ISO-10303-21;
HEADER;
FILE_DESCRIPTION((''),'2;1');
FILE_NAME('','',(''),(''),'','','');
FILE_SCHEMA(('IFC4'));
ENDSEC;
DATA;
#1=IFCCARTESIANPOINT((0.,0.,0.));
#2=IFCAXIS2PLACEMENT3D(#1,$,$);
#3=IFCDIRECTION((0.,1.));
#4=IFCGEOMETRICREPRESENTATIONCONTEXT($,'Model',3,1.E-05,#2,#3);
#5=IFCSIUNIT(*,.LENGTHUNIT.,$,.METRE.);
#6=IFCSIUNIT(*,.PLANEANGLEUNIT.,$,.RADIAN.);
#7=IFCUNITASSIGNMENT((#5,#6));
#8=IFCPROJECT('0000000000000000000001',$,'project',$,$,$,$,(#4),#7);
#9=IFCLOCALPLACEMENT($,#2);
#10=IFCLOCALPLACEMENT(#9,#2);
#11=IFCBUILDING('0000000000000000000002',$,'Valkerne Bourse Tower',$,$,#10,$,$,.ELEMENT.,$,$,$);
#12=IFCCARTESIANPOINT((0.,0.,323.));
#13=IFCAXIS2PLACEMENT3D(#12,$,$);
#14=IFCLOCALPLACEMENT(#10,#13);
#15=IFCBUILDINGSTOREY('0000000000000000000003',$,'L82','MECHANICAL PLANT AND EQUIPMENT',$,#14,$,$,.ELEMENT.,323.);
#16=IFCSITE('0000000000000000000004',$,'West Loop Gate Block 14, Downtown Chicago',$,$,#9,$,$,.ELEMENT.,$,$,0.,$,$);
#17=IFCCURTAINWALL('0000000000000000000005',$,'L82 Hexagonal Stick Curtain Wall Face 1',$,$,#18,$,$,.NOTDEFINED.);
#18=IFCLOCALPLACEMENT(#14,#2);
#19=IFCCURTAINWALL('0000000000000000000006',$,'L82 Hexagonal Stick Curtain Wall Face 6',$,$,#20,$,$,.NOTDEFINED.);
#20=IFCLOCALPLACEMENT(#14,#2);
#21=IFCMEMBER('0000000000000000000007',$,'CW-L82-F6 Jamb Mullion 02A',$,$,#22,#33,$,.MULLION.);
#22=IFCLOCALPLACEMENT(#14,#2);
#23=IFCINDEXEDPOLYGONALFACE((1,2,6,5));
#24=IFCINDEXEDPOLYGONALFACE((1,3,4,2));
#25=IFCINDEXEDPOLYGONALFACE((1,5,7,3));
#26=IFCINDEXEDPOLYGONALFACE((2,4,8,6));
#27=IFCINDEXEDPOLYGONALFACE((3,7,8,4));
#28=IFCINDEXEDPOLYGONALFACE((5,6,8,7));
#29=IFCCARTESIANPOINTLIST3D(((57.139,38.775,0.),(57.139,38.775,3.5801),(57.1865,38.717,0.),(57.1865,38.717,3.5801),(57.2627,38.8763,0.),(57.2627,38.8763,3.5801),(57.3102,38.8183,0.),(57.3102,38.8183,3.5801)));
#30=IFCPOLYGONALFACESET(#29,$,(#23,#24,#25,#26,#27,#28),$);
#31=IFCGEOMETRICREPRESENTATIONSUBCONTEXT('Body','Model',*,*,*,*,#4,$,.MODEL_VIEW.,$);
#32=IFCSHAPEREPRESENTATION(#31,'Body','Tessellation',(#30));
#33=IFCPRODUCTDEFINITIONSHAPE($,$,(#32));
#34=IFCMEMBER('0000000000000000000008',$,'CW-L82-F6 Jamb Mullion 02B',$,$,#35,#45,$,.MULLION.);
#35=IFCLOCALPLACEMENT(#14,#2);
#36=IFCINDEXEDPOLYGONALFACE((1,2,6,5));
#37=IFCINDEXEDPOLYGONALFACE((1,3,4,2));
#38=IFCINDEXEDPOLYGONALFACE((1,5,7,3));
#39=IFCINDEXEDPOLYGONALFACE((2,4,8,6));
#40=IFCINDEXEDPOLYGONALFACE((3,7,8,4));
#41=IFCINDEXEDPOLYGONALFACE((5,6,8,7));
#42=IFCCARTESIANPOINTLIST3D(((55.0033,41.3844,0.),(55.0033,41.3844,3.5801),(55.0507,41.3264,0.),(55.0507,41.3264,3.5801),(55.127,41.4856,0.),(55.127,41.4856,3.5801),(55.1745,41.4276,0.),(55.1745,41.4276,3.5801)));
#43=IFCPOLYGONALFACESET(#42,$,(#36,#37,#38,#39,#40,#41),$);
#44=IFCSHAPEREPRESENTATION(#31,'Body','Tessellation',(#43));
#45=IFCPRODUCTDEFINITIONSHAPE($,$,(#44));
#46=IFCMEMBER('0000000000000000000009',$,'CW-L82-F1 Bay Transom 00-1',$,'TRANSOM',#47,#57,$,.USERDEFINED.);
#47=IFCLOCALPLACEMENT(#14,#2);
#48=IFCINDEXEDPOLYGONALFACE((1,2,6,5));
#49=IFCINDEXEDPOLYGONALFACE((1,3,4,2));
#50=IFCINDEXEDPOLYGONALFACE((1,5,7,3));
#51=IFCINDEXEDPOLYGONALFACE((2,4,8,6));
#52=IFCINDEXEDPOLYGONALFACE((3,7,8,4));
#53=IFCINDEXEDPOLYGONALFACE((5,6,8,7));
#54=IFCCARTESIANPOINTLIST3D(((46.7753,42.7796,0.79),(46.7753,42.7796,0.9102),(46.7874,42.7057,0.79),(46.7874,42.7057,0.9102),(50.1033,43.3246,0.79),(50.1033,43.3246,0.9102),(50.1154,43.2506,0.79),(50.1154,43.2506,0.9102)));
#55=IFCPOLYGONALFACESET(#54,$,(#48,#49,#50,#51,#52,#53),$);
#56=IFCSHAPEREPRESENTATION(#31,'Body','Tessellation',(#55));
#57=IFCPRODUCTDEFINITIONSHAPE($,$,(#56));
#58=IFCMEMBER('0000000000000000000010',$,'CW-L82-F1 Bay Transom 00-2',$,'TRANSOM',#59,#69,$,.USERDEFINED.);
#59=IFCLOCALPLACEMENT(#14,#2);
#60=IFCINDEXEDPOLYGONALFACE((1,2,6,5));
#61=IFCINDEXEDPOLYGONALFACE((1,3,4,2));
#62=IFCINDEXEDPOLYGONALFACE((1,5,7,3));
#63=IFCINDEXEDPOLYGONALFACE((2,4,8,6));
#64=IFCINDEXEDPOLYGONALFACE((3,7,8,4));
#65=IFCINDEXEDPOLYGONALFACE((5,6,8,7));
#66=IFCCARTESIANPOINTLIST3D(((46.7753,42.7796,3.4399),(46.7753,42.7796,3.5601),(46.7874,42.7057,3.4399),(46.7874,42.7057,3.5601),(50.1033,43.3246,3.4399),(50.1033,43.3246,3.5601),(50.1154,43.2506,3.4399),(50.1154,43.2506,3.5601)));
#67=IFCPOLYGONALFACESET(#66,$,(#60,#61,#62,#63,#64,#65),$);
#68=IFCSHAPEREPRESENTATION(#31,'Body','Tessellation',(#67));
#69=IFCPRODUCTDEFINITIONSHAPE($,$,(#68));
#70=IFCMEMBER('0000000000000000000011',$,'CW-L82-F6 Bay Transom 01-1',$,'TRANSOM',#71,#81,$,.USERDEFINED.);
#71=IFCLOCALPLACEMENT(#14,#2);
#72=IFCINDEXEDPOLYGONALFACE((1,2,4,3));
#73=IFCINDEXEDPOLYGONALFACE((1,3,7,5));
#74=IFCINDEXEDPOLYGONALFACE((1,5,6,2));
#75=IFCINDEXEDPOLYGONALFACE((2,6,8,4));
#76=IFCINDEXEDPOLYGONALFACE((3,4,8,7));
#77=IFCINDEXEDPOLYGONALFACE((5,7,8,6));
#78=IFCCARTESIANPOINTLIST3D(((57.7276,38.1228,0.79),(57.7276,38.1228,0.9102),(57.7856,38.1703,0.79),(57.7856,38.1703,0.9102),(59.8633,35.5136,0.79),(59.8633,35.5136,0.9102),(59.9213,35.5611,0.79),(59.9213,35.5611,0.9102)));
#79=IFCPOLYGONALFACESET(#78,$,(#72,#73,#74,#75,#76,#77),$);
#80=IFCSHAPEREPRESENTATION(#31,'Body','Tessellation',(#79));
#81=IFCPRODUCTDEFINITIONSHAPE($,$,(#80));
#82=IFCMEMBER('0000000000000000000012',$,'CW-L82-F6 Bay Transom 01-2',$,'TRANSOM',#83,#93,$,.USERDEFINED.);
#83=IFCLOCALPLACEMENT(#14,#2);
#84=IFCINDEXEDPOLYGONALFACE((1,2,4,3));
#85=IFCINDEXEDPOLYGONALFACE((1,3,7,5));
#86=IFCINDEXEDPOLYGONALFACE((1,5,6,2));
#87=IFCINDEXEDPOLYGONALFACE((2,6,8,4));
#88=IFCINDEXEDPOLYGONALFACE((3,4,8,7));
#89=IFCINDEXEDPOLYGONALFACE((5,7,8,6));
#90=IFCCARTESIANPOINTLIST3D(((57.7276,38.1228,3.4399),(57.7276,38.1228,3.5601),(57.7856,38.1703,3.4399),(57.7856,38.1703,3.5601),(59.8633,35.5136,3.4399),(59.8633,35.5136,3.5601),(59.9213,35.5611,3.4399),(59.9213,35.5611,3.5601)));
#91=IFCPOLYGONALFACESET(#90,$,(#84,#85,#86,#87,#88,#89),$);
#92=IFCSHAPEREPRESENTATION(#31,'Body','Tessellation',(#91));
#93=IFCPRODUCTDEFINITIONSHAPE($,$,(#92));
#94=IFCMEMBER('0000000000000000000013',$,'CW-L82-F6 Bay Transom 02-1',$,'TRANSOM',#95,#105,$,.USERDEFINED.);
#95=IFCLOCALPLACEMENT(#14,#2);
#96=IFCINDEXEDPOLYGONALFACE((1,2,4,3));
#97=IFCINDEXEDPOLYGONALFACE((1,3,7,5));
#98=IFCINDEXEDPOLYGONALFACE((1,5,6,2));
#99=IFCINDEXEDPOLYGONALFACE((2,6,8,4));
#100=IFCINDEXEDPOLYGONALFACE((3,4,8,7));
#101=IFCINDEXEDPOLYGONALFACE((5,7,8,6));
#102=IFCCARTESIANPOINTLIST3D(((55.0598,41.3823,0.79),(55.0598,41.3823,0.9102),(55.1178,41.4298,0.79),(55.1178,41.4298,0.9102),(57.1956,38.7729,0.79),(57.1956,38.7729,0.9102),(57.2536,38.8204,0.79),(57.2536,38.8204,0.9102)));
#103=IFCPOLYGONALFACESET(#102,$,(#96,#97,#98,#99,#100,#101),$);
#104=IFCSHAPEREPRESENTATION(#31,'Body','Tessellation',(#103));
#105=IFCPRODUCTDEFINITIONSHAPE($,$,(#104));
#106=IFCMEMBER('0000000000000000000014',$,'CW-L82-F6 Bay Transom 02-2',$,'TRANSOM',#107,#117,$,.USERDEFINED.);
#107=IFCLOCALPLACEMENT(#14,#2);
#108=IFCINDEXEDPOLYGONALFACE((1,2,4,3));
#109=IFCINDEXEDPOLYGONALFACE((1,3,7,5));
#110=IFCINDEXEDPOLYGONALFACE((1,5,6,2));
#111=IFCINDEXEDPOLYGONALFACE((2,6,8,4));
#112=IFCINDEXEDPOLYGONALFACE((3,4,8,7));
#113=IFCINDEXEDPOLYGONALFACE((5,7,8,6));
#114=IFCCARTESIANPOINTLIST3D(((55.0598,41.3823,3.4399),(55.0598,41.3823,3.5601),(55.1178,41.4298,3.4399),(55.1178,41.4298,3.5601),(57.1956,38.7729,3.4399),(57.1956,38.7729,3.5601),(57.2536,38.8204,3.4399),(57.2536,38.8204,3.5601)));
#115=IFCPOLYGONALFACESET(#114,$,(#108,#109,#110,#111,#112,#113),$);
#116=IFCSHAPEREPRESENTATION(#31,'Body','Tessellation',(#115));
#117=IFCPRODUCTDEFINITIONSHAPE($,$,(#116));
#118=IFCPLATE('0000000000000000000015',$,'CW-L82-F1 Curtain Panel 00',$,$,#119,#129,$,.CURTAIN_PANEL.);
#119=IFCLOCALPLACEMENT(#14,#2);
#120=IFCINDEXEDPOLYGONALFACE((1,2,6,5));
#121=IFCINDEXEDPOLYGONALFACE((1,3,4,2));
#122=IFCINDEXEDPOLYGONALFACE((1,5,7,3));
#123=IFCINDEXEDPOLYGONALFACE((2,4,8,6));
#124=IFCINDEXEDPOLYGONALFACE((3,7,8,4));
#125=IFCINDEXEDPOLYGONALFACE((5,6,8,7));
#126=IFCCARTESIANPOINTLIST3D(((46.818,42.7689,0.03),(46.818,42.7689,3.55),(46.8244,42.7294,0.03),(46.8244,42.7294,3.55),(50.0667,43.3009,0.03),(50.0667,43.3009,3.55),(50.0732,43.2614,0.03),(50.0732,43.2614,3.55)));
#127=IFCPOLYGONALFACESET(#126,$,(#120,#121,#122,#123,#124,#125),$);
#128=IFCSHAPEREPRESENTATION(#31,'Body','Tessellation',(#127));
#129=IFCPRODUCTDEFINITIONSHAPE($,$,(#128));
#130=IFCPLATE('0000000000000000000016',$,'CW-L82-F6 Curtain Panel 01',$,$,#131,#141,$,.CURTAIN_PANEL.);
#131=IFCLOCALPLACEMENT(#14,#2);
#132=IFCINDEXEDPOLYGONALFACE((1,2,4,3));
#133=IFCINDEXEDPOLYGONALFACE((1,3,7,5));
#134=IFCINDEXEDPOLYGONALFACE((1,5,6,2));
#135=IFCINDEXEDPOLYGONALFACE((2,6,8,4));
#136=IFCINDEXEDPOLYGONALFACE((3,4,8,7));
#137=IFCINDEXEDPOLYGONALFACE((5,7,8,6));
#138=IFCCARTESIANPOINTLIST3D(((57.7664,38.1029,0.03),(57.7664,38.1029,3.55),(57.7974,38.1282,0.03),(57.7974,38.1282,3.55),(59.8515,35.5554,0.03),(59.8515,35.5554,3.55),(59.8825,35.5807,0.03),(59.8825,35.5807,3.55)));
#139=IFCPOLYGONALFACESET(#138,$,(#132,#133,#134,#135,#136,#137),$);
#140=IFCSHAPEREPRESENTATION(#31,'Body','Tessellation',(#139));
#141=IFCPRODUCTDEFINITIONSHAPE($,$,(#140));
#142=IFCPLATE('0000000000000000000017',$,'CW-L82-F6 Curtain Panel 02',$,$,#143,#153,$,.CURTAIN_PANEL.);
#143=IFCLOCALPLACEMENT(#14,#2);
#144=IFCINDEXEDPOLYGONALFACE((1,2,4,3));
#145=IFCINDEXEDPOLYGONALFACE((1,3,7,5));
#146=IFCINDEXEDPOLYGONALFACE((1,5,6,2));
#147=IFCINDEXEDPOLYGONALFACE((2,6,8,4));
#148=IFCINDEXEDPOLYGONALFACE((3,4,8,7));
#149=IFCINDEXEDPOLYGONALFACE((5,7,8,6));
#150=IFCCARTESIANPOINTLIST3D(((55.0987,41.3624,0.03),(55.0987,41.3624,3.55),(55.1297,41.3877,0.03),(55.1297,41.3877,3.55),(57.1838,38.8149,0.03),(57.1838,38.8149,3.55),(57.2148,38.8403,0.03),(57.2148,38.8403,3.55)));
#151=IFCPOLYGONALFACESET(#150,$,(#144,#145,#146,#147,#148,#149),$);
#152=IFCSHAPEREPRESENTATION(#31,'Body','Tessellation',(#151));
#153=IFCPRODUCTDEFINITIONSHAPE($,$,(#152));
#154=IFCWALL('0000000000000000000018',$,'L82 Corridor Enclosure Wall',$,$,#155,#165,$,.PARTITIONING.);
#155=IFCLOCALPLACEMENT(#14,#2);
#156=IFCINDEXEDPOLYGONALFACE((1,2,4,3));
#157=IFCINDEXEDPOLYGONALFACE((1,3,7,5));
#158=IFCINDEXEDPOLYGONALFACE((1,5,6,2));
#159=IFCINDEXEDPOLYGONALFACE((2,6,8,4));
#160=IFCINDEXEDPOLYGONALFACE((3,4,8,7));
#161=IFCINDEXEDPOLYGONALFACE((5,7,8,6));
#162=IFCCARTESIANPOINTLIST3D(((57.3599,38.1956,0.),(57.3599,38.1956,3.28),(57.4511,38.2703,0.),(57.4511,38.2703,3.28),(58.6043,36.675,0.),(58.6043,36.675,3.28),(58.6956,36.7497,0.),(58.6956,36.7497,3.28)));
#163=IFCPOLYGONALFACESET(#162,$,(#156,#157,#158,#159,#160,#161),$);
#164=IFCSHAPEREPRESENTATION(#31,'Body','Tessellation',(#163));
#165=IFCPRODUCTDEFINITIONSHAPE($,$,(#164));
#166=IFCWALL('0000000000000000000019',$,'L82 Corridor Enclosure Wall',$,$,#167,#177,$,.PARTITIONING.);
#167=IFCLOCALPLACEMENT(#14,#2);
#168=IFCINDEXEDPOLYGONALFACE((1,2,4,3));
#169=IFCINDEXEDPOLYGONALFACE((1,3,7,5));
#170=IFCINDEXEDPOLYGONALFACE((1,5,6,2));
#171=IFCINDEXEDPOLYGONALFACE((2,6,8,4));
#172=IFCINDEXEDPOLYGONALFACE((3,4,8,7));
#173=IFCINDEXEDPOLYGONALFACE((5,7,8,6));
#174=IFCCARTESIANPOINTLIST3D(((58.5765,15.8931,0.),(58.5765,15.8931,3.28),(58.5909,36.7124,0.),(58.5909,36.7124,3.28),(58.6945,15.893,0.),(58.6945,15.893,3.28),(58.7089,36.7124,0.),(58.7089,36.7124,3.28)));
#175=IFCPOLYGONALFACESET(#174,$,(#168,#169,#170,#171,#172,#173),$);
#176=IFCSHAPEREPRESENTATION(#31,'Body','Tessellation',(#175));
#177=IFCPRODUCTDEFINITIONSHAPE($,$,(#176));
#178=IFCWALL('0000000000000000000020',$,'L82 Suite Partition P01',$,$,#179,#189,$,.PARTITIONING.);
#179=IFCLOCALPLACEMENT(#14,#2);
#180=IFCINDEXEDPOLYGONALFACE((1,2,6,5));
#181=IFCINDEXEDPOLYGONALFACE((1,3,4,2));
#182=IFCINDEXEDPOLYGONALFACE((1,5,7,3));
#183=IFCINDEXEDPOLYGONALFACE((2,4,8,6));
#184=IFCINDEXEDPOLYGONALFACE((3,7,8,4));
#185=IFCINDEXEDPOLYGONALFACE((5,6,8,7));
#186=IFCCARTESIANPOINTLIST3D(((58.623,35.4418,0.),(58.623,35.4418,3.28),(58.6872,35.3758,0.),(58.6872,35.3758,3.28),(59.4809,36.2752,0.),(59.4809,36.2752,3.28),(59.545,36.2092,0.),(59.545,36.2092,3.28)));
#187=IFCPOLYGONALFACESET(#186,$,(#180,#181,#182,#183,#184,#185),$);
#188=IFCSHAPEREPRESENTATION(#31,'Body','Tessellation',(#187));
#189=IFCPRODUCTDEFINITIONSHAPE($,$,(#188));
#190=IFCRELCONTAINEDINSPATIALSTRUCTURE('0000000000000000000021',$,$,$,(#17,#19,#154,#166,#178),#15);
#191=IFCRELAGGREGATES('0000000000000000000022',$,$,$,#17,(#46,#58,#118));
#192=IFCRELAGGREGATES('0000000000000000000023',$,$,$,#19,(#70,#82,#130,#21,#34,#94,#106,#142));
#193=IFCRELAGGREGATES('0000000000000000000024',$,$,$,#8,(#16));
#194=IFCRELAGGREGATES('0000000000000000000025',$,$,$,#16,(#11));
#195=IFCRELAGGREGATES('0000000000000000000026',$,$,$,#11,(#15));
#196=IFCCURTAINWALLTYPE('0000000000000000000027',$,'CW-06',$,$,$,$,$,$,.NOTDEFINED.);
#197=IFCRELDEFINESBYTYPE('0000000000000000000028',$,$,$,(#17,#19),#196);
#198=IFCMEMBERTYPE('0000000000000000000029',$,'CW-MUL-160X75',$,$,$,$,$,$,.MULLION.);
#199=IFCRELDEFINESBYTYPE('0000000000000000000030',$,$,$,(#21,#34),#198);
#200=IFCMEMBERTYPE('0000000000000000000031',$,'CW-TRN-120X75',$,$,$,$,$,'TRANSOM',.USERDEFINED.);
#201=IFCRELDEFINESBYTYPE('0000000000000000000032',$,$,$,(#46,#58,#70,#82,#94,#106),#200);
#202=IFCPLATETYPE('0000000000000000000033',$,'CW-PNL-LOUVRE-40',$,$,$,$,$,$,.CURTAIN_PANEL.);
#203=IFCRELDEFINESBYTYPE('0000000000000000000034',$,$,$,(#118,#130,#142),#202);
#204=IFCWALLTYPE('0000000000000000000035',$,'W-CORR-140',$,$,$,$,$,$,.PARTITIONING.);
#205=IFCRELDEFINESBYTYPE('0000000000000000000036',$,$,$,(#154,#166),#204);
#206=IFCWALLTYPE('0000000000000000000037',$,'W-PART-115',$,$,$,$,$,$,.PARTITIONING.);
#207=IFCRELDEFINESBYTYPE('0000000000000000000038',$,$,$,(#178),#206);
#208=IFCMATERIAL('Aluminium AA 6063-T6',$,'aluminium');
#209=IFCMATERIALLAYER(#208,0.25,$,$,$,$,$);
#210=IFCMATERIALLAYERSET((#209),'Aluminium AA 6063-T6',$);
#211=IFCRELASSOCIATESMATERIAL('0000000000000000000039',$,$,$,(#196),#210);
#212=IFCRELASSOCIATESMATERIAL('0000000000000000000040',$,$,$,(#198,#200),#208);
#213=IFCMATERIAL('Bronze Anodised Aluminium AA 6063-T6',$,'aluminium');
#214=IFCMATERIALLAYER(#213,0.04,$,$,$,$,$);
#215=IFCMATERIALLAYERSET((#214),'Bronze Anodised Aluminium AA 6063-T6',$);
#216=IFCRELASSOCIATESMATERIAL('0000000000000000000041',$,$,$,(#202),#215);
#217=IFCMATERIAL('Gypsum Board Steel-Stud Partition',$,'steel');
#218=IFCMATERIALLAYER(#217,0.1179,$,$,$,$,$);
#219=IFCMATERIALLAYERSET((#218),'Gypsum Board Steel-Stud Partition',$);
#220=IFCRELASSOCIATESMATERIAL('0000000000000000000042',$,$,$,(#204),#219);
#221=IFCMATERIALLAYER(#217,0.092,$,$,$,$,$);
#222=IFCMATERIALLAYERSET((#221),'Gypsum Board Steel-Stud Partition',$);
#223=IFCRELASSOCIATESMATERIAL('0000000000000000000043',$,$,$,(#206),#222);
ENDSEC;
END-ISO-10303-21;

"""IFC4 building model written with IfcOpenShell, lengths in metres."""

from ifc_helpers import new_model, si_unit, direction, frame, frame_2d, origin, origin_2d, place, context, subcontext, project, spatial, rectangle, extrude, material, layer, layer_set, material_profile, profile_set, type_object, element, aggregate, save


model = new_model("IFC4")

# Units and contexts
model_context = context("Model", 3, precision=1e-05, world=origin(), true_north=direction((0.0, 1.0)))
body_context = subcontext(model_context, "Body", "Model", "MODEL_VIEW")
ifc_project = project(units=[si_unit("LENGTHUNIT", "METRE"), si_unit("PLANEANGLEUNIT", "RADIAN")], contexts=[model_context])

# Site, building, storey
site_placement = place(None, origin())
site = spatial("IfcSite", under=ifc_project, at=site_placement, Name="West Loop Gate Block 14, Downtown Chicago", CompositionType="ELEMENT", RefElevation=0.0)
building_placement = place(site_placement, origin())
building = spatial("IfcBuilding", under=site, at=building_placement, Name="Valkerne Bourse Tower", CompositionType="ELEMENT")
storey_placement = place(building_placement, frame((0.0, 0.0, 323.0)))
storey = spatial("IfcBuildingStorey", under=building, at=storey_placement, Name="L82", Description="MECHANICAL PLANT AND EQUIPMENT", CompositionType="ELEMENT", Elevation=323.0)

# Curtain wall
ifc_material_1 = material(Name="Aluminium AA 6063-T6", Category="aluminium")
ifc_layer_1 = layer(ifc_material_1, 0.25)
ifc_layer_set_1 = layer_set([ifc_layer_1], Name="Aluminium AA 6063-T6")
curtain_wall_type = type_object("IfcCurtainWallType", Name="CW-06", PredefinedType="NOTDEFINED", material=ifc_layer_set_1)
curtain_wall_1_placement = place(storey_placement, origin())
curtain_wall_1 = element("IfcCurtainWall", 1, at=curtain_wall_1_placement, inside=storey, type_object=curtain_wall_type, Name="L82 Hexagonal Stick Curtain Wall Face 1", PredefinedType="NOTDEFINED")
ifc_material_profile_1 = material_profile(ifc_material_1, rectangle(XDim=0.075, YDim=0.1599, at=origin_2d()), Name="CWM-75X160")
ifc_profile_set_1 = profile_set([ifc_material_profile_1], Name="Aluminium AA 6063-T6")
member_type_1 = type_object("IfcMemberType", Name="CW-MUL-160X75", PredefinedType="MULLION", material=ifc_profile_set_1)

# Curtain wall, members
curtain_wall_2_placement = place(storey_placement, origin())
curtain_wall_2 = element("IfcCurtainWall", 2, at=curtain_wall_2_placement, inside=storey, type_object=curtain_wall_type, Name="L82 Hexagonal Stick Curtain Wall Face 6", PredefinedType="NOTDEFINED")
member_1_placement = place(storey_placement, frame((57.2246, 38.7966, 0.0), z_axis=(0.0, 0.0, 1.0), x_axis=(-0.633383, 0.773839, 0.0)))
member_1 = element("IfcMember", 3, at=member_1_placement, type_object=member_type_1, Name="CW-L82-F6 Jamb Mullion 02A", PredefinedType="MULLION", context=body_context, shape_type="SweptSolid", body=[
    extrude(rectangle(XDim=0.075, YDim=0.1599, at=origin_2d()), origin(), (0.0, 0.0, 1.0), 3.5801),
])
member_2_placement = place(storey_placement, frame((55.0889, 41.406, 0.0), z_axis=(0.0, 0.0, 1.0), x_axis=(-0.633383, 0.773839, 0.0)))
member_2 = element("IfcMember", 4, at=member_2_placement, type_object=member_type_1, Name="CW-L82-F6 Jamb Mullion 02B", PredefinedType="MULLION", context=body_context, shape_type="SweptSolid", body=[
    extrude(rectangle(XDim=0.075, YDim=0.1599, at=origin_2d()), origin(), (0.0, 0.0, 1.0), 3.5801),
])

# Members
ifc_material_profile_2 = material_profile(ifc_material_1, rectangle(XDim=0.075, YDim=0.1201, at=origin_2d()), Name="CWT-75X120")
ifc_profile_set_2 = profile_set([ifc_material_profile_2], Name="Aluminium AA 6063-T6")
member_type_2 = type_object("IfcMemberType", Name="CW-TRN-120X75", ElementType="TRANSOM", PredefinedType="USERDEFINED", material=ifc_profile_set_2)
member_3_placement = place(storey_placement, frame((50.1094, 43.2876, 0.8501), z_axis=(-0.986858, -0.161592, 0.0), x_axis=(0.161592, -0.986858, 0.0)))
member_3 = element("IfcMember", 5, at=member_3_placement, type_object=member_type_2, Name="CW-L82-F1 Bay Transom 00-1", ObjectType="TRANSOM", PredefinedType="USERDEFINED", context=body_context, shape_type="SweptSolid", body=[
    extrude(rectangle(XDim=0.075, YDim=0.1201, at=origin_2d()), origin(), (0.0, 0.0, 1.0), 3.3723),
])
member_4_placement = place(storey_placement, frame((50.1094, 43.2876, 3.5), z_axis=(-0.986858, -0.161592, 0.0), x_axis=(0.161592, -0.986858, 0.0)))
member_4 = element("IfcMember", 6, at=member_4_placement, type_object=member_type_2, Name="CW-L82-F1 Bay Transom 00-2", ObjectType="TRANSOM", PredefinedType="USERDEFINED", context=body_context, shape_type="SweptSolid", body=[
    extrude(rectangle(XDim=0.075, YDim=0.1201, at=origin_2d()), origin(), (0.0, 0.0, 1.0), 3.3723),
])
member_5_placement = place(storey_placement, frame((59.8923, 35.5374, 0.8501), z_axis=(-0.633415, 0.773812, 0.0), x_axis=(-0.773812, -0.633415, 0.0)))
member_5 = element("IfcMember", 7, at=member_5_placement, type_object=member_type_2, Name="CW-L82-F6 Bay Transom 01-1", ObjectType="TRANSOM", PredefinedType="USERDEFINED", context=body_context, shape_type="SweptSolid", body=[
    extrude(rectangle(XDim=0.075, YDim=0.1201, at=origin_2d()), origin(), (0.0, 0.0, 1.0), 3.3718),
])
member_6_placement = place(storey_placement, frame((59.8923, 35.5374, 3.5), z_axis=(-0.633415, 0.773812, 0.0), x_axis=(-0.773812, -0.633415, 0.0)))
member_6 = element("IfcMember", 8, at=member_6_placement, type_object=member_type_2, Name="CW-L82-F6 Bay Transom 01-2", ObjectType="TRANSOM", PredefinedType="USERDEFINED", context=body_context, shape_type="SweptSolid", body=[
    extrude(rectangle(XDim=0.075, YDim=0.1201, at=origin_2d()), origin(), (0.0, 0.0, 1.0), 3.3718),
])
member_7_placement = place(storey_placement, frame((57.2246, 38.7966, 0.8501), z_axis=(-0.63338, 0.773841, 0.0), x_axis=(-0.773841, -0.63338, 0.0)))
member_7 = element("IfcMember", 9, at=member_7_placement, type_object=member_type_2, Name="CW-L82-F6 Bay Transom 02-1", ObjectType="TRANSOM", PredefinedType="USERDEFINED", context=body_context, shape_type="SweptSolid", body=[
    extrude(rectangle(XDim=0.075, YDim=0.1201, at=origin_2d()), origin(), (0.0, 0.0, 1.0), 3.3721),
])
member_8_placement = place(storey_placement, frame((57.2246, 38.7966, 3.5), z_axis=(-0.63338, 0.773841, 0.0), x_axis=(-0.773841, -0.63338, 0.0)))
member_8 = element("IfcMember", 10, at=member_8_placement, type_object=member_type_2, Name="CW-L82-F6 Bay Transom 02-2", ObjectType="TRANSOM", PredefinedType="USERDEFINED", context=body_context, shape_type="SweptSolid", body=[
    extrude(rectangle(XDim=0.075, YDim=0.1201, at=origin_2d()), origin(), (0.0, 0.0, 1.0), 3.3721),
])

# Plates
ifc_material_2 = material(Name="Bronze Anodised Aluminium AA 6063-T6", Category="aluminium")
ifc_layer_2 = layer(ifc_material_2, 0.04)
ifc_layer_set_2 = layer_set([ifc_layer_2], Name="Bronze Anodised Aluminium AA 6063-T6")
plate_type = type_object("IfcPlateType", Name="CW-PNL-LOUVRE-40", PredefinedType="CURTAIN_PANEL", material=ifc_layer_set_2)
plate_1_placement = place(storey_placement, frame((48.4456, 43.0151, 0.03), z_axis=(0.0, 0.0, 1.0), x_axis=(-0.986855, -0.161607, 0.0)))
plate_1 = element("IfcPlate", 11, at=plate_1_placement, type_object=plate_type, Name="CW-L82-F1 Curtain Panel 00", PredefinedType="CURTAIN_PANEL", context=body_context, shape_type="SweptSolid", body=[
    extrude(rectangle(XDim=3.292, YDim=0.04, at=origin_2d()), origin(), (0.0, 0.0, 1.0), 3.52),
])
aggregate(curtain_wall_1, [member_3, member_4, plate_1])
plate_2_placement = place(storey_placement, frame((58.8245, 36.8418, 0.03), z_axis=(0.0, 0.0, 1.0), x_axis=(-0.633383, 0.773839, 0.0)))
plate_2 = element("IfcPlate", 12, at=plate_2_placement, type_object=plate_type, Name="CW-L82-F6 Curtain Panel 01", PredefinedType="CURTAIN_PANEL", context=body_context, shape_type="SweptSolid", body=[
    extrude(rectangle(XDim=3.292, YDim=0.04, at=origin_2d()), origin(), (0.0, 0.0, 1.0), 3.52),
])
plate_3_placement = place(storey_placement, frame((56.1567, 40.1013, 0.03), z_axis=(0.0, 0.0, 1.0), x_axis=(-0.633383, 0.773839, 0.0)))
plate_3 = element("IfcPlate", 13, at=plate_3_placement, type_object=plate_type, Name="CW-L82-F6 Curtain Panel 02", PredefinedType="CURTAIN_PANEL", context=body_context, shape_type="SweptSolid", body=[
    extrude(rectangle(XDim=3.292, YDim=0.04, at=origin_2d()), origin(), (0.0, 0.0, 1.0), 3.52),
])
aggregate(curtain_wall_2, [member_5, member_6, plate_2, member_1, member_2, member_7, member_8, plate_3])

# Walls
ifc_material_3 = material(Name="Gypsum Board Steel-Stud Partition", Category="steel")
ifc_layer_3 = layer(ifc_material_3, 0.1179)
ifc_layer_set_3 = layer_set([ifc_layer_3], Name="Gypsum Board Steel-Stud Partition")
wall_type_1 = type_object("IfcWallType", Name="W-CORR-140", PredefinedType="PARTITIONING", material=ifc_layer_set_3)
wall_1_placement = place(storey_placement, frame((57.4055, 38.2329, 0.0), z_axis=(0.0, 0.0, 1.0), x_axis=(0.633339, -0.773874, 0.0)))
element("IfcWall", 14, at=wall_1_placement, inside=storey, type_object=wall_type_1, Name="L82 Corridor Enclosure Wall", PredefinedType="PARTITIONING", context=body_context, shape_type="SweptSolid", body=[
    extrude(rectangle(XDim=1.9648, YDim=0.1179, at=frame_2d((0.9824, 0.0))), origin(), (0.0, 0.0, 1.0), 3.28),
])
wall_2_placement = place(storey_placement, frame((58.6499, 36.7124, 0.0), z_axis=(0.0, 0.0, 1.0), x_axis=(-0.000692, -1.0, 0.0)))
element("IfcWall", 15, at=wall_2_placement, inside=storey, type_object=wall_type_1, Name="L82 Corridor Enclosure Wall", PredefinedType="PARTITIONING", context=body_context, shape_type="SweptSolid", body=[
    extrude(rectangle(XDim=20.8193, YDim=0.1179, at=frame_2d((10.4097, 0.0))), origin(), (0.0, 0.0, 1.0), 3.28),
])
ifc_layer_4 = layer(ifc_material_3, 0.092)
ifc_layer_set_4 = layer_set([ifc_layer_4], Name="Gypsum Board Steel-Stud Partition")
wall_type_2 = type_object("IfcWallType", Name="W-PART-115", PredefinedType="PARTITIONING", material=ifc_layer_set_4)
wall_3_placement = place(storey_placement, frame((58.655, 35.4087, 0.0), z_axis=(0.0, 0.0, 1.0), x_axis=(0.717239, 0.696828, 0.0)))
element("IfcWall", 16, at=wall_3_placement, inside=storey, type_object=wall_type_2, Name="L82 Suite Partition P01", PredefinedType="PARTITIONING", context=body_context, shape_type="SweptSolid", body=[
    extrude(rectangle(XDim=1.196, YDim=0.092, at=frame_2d((0.5981, 0.0))), origin(), (0.0, 0.0, 1.0), 3.28),
])

save(model, "model.ifc")
